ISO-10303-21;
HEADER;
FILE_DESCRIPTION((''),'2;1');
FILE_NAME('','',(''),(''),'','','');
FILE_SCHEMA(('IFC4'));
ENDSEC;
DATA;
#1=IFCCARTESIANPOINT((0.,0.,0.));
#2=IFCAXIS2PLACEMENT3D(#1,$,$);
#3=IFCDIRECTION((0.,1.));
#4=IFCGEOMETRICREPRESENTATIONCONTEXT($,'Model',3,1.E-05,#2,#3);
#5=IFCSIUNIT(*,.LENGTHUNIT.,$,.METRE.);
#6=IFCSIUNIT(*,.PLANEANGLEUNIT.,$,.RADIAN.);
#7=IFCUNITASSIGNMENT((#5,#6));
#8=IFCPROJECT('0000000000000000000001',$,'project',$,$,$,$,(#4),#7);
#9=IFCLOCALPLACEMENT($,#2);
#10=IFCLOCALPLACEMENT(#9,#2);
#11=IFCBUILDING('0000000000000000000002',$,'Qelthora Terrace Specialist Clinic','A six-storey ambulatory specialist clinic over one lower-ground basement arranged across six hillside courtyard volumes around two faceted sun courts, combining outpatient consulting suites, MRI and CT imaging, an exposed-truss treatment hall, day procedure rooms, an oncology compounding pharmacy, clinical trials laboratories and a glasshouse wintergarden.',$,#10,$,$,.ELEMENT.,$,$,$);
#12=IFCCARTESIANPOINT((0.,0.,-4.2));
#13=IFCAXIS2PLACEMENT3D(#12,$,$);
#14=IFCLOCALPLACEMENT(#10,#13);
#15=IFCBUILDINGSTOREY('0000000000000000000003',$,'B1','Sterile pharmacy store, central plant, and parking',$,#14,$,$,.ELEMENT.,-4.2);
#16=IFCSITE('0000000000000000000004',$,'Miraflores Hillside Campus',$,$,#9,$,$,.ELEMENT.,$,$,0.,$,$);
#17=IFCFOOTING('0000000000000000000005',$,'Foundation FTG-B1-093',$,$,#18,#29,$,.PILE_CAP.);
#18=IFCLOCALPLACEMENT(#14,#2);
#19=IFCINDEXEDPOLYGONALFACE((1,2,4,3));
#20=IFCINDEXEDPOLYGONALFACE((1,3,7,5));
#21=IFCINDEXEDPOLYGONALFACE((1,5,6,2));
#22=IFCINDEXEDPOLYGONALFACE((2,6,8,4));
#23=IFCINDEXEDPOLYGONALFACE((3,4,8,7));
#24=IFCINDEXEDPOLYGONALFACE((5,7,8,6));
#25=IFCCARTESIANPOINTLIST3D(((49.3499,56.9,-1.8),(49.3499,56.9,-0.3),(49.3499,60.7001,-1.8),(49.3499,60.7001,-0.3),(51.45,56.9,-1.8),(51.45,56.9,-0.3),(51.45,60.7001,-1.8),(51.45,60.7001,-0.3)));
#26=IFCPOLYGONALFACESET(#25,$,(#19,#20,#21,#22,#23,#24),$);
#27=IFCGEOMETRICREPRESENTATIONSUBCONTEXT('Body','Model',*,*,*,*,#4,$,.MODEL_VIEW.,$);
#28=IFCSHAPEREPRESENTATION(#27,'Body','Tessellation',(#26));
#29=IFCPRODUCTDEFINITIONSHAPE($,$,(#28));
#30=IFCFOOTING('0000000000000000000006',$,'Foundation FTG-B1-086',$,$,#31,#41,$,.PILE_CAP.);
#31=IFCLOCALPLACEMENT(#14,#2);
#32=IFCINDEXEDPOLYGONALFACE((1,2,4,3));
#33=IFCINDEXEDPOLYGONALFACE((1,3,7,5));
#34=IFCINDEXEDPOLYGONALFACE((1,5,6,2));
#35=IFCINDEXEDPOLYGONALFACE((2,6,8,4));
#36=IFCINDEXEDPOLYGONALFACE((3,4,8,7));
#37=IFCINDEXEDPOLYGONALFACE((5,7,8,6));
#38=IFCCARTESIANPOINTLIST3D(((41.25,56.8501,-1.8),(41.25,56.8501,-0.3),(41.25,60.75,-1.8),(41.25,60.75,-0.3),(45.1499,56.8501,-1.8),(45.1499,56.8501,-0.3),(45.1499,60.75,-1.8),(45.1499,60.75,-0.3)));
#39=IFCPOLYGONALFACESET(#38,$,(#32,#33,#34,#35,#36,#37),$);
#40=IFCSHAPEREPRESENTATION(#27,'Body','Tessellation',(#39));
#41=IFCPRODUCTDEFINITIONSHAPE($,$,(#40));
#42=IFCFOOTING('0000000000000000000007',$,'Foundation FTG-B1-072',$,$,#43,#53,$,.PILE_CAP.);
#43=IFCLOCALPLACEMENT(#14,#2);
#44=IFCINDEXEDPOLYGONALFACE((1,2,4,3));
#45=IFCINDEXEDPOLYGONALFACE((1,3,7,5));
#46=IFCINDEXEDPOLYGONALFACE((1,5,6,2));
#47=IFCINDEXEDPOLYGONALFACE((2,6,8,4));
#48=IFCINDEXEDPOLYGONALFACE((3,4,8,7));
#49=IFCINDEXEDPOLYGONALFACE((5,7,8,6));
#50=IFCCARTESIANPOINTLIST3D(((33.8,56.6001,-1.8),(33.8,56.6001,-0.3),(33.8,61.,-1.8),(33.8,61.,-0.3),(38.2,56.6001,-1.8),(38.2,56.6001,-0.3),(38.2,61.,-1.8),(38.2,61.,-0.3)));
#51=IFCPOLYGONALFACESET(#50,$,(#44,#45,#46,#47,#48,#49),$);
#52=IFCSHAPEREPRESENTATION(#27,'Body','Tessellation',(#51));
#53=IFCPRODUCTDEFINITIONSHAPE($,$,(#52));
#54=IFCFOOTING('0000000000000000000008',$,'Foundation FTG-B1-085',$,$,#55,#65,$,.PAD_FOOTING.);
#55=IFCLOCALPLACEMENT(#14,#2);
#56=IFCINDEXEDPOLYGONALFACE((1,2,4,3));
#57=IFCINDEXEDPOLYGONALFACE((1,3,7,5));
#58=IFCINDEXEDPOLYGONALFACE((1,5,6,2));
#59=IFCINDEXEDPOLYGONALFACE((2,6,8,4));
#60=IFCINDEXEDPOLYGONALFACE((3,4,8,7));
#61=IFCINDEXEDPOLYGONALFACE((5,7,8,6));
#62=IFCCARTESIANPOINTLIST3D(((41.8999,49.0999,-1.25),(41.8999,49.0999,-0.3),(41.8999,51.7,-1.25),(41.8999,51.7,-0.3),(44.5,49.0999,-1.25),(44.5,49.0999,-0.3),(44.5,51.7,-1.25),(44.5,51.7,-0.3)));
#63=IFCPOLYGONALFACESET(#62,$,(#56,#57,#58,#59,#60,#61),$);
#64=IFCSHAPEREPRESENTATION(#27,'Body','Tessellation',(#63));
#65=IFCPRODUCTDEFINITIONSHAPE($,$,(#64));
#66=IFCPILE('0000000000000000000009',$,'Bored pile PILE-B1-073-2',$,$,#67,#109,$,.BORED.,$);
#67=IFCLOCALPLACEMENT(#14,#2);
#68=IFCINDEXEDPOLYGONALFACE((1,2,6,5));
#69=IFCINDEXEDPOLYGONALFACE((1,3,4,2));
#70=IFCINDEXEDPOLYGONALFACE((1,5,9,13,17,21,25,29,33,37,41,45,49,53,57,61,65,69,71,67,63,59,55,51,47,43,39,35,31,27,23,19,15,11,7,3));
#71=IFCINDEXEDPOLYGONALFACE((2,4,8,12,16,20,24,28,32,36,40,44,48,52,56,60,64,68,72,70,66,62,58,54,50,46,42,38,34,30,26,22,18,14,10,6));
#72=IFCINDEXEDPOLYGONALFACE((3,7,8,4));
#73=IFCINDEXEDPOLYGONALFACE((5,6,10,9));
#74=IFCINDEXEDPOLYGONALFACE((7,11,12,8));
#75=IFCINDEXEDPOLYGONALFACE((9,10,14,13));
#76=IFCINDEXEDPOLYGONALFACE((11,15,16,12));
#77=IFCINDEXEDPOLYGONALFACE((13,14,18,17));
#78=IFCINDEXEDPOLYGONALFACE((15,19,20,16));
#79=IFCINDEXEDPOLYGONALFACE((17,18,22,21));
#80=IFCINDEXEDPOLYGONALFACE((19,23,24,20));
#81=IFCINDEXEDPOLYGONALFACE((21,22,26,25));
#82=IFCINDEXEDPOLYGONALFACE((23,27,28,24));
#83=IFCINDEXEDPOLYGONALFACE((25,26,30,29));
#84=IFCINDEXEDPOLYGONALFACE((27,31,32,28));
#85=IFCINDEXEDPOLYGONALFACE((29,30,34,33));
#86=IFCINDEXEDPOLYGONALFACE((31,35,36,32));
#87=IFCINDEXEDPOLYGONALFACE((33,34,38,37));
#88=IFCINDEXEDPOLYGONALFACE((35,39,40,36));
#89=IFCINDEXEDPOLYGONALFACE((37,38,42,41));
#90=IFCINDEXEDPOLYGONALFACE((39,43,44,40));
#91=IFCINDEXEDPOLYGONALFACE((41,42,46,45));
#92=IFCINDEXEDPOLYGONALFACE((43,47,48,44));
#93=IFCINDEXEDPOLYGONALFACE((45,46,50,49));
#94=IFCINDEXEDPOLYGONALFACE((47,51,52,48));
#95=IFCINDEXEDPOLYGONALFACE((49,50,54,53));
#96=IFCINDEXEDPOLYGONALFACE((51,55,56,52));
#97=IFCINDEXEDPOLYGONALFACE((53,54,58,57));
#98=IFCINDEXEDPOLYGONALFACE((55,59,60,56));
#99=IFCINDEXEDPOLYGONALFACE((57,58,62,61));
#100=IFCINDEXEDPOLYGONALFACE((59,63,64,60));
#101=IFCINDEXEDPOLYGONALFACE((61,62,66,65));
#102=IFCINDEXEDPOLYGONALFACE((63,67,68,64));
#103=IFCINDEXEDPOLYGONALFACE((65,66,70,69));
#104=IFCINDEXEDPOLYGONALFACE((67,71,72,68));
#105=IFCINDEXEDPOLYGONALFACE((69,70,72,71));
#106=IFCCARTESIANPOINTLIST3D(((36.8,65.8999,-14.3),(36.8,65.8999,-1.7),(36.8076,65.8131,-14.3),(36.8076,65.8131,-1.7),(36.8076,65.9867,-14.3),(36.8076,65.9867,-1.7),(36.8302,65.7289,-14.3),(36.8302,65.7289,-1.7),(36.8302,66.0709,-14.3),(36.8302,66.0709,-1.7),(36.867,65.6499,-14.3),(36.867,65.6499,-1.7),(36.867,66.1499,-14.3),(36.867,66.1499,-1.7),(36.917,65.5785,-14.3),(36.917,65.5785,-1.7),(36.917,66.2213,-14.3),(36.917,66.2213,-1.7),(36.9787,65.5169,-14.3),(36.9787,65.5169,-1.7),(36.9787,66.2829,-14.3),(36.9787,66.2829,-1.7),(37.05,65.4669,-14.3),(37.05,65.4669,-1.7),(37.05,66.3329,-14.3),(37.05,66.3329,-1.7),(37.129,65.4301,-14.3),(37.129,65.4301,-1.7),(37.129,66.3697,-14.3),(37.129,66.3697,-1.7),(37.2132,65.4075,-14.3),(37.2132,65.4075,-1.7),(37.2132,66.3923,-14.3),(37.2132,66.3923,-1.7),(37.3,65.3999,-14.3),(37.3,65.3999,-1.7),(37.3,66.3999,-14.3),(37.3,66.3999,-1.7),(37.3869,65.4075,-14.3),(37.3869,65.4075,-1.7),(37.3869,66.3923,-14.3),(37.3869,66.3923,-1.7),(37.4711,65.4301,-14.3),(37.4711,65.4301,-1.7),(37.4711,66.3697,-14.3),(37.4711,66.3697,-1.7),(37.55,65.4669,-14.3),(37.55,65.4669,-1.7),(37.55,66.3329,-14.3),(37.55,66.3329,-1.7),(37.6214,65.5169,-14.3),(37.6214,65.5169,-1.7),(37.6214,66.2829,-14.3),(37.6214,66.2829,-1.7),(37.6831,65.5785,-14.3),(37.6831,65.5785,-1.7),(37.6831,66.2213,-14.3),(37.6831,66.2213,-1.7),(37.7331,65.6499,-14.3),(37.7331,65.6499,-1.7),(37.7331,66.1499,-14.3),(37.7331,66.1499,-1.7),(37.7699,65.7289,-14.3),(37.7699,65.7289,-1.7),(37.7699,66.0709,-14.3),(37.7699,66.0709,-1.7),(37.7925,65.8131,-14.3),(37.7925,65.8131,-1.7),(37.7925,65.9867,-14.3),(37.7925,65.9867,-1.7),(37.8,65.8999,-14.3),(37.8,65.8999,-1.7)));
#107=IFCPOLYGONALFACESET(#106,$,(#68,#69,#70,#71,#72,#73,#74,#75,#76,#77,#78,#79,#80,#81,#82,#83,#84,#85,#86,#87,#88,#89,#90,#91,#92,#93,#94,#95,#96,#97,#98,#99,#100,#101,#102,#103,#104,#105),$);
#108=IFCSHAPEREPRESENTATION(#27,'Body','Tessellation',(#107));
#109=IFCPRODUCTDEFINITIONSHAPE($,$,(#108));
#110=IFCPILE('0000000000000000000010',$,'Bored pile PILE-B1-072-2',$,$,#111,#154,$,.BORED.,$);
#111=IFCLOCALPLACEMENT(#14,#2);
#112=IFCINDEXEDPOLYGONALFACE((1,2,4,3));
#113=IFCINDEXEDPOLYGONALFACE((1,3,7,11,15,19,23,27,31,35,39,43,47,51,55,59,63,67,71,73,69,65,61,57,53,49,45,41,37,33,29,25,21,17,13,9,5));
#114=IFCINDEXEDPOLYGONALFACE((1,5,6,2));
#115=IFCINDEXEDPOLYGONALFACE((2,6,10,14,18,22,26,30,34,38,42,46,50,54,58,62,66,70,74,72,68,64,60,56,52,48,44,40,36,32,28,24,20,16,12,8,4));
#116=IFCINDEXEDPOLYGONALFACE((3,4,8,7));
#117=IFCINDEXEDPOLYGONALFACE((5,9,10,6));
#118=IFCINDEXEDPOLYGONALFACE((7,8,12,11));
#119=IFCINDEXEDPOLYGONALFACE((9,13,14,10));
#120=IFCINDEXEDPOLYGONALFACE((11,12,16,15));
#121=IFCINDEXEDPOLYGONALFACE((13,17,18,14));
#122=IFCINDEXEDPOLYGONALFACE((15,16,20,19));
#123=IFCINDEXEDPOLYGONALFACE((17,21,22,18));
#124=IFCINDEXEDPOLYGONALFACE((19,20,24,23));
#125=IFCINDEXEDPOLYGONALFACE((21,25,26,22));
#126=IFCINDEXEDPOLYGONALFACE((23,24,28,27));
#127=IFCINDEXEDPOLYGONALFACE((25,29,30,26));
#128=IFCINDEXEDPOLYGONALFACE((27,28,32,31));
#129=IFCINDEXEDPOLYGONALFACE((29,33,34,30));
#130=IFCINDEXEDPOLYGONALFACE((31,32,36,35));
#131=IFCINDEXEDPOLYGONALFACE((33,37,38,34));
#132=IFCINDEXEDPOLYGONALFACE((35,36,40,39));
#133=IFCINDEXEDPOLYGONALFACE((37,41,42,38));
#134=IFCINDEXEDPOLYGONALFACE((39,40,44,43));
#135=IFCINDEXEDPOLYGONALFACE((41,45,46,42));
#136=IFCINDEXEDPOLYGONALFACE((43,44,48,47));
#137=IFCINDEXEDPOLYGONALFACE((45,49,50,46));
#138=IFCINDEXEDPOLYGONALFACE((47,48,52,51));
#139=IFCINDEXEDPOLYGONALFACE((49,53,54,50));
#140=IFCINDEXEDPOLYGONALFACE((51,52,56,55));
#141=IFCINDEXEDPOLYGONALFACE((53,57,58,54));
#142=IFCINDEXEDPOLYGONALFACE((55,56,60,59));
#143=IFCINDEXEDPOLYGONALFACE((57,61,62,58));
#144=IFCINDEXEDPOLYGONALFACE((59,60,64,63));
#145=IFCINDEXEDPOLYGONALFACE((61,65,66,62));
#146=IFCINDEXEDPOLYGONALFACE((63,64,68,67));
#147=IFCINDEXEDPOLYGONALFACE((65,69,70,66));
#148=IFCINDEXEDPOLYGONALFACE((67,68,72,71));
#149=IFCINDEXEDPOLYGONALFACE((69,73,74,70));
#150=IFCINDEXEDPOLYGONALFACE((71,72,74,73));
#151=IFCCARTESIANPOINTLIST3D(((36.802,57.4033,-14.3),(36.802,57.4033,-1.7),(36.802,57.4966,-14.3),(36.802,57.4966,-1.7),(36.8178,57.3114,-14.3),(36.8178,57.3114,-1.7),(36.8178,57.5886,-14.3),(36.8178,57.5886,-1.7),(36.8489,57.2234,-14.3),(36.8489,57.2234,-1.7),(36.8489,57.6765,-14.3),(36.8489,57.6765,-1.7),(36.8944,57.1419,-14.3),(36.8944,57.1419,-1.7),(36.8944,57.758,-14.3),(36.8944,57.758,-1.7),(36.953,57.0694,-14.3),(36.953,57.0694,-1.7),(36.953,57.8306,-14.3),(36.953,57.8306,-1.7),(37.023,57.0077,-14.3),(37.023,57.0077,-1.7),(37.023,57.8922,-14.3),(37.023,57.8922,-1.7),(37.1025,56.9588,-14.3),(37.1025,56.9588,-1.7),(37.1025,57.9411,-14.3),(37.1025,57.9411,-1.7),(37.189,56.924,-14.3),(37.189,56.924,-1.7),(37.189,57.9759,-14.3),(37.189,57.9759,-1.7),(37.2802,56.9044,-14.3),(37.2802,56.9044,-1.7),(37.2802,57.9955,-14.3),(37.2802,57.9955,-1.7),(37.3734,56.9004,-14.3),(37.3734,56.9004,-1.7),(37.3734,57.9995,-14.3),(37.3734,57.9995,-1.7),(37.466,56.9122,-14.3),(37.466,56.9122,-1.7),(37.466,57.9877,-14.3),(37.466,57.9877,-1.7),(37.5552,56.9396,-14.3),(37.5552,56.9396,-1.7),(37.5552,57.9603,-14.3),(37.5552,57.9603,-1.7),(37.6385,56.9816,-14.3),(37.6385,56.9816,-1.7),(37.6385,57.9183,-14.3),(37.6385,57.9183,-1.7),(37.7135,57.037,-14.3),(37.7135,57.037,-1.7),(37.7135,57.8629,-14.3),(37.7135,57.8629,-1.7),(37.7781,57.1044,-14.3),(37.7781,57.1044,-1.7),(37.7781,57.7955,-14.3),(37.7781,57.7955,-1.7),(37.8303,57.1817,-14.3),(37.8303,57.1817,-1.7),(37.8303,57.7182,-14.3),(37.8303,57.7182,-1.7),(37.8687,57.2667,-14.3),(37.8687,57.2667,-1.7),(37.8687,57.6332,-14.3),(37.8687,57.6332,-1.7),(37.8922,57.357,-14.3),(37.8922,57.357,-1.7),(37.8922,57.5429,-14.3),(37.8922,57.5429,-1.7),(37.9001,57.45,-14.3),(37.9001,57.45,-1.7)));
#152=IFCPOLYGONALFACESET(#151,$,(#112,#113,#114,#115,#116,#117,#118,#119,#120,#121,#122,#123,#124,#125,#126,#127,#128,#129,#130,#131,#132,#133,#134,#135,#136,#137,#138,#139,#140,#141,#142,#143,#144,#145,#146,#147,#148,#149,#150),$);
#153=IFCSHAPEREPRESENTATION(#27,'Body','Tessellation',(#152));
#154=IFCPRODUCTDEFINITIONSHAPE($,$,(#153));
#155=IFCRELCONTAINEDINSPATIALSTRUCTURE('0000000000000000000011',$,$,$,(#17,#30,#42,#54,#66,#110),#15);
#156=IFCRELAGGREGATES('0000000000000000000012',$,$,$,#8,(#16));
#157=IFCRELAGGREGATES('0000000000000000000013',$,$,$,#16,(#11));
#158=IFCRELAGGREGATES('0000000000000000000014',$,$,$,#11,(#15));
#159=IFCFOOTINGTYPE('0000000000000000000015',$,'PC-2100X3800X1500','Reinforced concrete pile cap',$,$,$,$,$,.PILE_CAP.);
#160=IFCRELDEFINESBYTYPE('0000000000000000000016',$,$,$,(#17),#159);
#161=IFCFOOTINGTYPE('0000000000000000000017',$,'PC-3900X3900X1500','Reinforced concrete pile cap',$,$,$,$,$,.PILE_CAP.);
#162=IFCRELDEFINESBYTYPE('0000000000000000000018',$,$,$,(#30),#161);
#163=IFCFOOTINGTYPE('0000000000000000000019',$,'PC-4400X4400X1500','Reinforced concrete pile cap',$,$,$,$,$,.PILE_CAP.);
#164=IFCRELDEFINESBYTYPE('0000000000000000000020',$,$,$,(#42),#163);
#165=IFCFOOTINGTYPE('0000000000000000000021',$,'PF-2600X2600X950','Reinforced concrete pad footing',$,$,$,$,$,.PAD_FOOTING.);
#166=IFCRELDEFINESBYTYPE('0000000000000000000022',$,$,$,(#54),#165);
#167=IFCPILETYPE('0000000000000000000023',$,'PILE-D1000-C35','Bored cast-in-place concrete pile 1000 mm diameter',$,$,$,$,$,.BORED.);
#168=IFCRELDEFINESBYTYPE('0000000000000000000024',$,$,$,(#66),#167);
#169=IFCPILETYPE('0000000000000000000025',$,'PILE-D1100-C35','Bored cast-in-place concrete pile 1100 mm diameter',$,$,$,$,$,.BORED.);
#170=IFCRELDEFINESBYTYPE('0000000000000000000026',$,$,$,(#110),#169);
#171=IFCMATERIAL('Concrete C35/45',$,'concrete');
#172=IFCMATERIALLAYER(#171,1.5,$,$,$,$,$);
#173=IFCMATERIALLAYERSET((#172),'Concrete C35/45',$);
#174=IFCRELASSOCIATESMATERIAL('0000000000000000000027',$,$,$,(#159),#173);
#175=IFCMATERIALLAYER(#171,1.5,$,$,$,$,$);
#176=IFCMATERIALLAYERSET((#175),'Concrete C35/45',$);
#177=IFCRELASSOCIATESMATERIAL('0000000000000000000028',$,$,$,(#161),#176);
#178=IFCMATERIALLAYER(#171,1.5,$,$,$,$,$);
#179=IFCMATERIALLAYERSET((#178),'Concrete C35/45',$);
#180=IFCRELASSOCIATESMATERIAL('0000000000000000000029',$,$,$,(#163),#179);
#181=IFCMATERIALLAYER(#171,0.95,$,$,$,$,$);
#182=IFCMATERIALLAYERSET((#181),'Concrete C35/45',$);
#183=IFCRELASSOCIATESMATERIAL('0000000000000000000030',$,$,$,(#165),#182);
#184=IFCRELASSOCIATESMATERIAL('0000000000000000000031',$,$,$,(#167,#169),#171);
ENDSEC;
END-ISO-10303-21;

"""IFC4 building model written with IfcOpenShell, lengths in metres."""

from ifc_helpers import new_model, si_unit, direction, frame, origin, origin_2d, place, context, subcontext, project, spatial, rectangle, circle, extrude, material, layer, layer_set, material_profile, profile_set, type_object, element, save


model = new_model("IFC4")

# Units and contexts
model_context = context("Model", 3, precision=1e-05, world=origin(), true_north=direction((0.0, 1.0)))
body_context = subcontext(model_context, "Body", "Model", "MODEL_VIEW")
ifc_project = project(units=[si_unit("LENGTHUNIT", "METRE"), si_unit("PLANEANGLEUNIT", "RADIAN")], contexts=[model_context])

# Site, building, storey
site_placement = place(None, origin())
site = spatial("IfcSite", under=ifc_project, at=site_placement, Name="Miraflores Hillside Campus", CompositionType="ELEMENT", RefElevation=0.0)
building_placement = place(site_placement, origin())
building = spatial("IfcBuilding", under=site, at=building_placement, Name="Qelthora Terrace Specialist Clinic", Description="A six-storey ambulatory specialist clinic over one lower-ground basement arranged across six hillside courtyard volumes around two faceted sun courts, combining outpatient consulting suites, MRI and CT imaging, an exposed-truss treatment hall, day procedure rooms, an oncology compounding pharmacy, clinical trials laboratories and a glasshouse wintergarden.", CompositionType="ELEMENT")
storey_placement = place(building_placement, frame((0.0, 0.0, -4.2)))
storey = spatial("IfcBuildingStorey", under=building, at=storey_placement, Name="B1", Description="Sterile pharmacy store, central plant, and parking", CompositionType="ELEMENT", Elevation=-4.2)

# Footings
ifc_material_1 = material(Name="Concrete C35/45", Category="concrete")
ifc_layer_1 = layer(ifc_material_1, 1.5)
ifc_layer_set_1 = layer_set([ifc_layer_1], Name="Concrete C35/45")
footing_type_1 = type_object("IfcFootingType", Name="PC-2100X3800X1500", Description="Reinforced concrete pile cap", PredefinedType="PILE_CAP", material=ifc_layer_set_1)
footing_1_placement = place(storey_placement, frame((50.3999, 58.8, -1.8), z_axis=(0.0, 0.0, 1.0), x_axis=(1.0, 0.0, 0.0)))
element("IfcFooting", 1, at=footing_1_placement, inside=storey, type_object=footing_type_1, Name="Foundation FTG-B1-093", PredefinedType="PILE_CAP", context=body_context, shape_type="SweptSolid", body=[
    extrude(rectangle(XDim=2.1001, YDim=3.8, at=origin_2d()), origin(), (0.0, 0.0, 1.0), 1.5),
])
ifc_layer_2 = layer(ifc_material_1, 1.5)
ifc_layer_set_2 = layer_set([ifc_layer_2], Name="Concrete C35/45")
footing_type_2 = type_object("IfcFootingType", Name="PC-3900X3900X1500", Description="Reinforced concrete pile cap", PredefinedType="PILE_CAP", material=ifc_layer_set_2)
footing_2_placement = place(storey_placement, frame((43.2, 58.8, -1.8), z_axis=(0.0, 0.0, 1.0), x_axis=(1.0, 0.0, 0.0)))
element("IfcFooting", 2, at=footing_2_placement, inside=storey, type_object=footing_type_2, Name="Foundation FTG-B1-086", PredefinedType="PILE_CAP", context=body_context, shape_type="SweptSolid", body=[
    extrude(rectangle(XDim=3.8999, YDim=3.8999, at=origin_2d()), origin(), (0.0, 0.0, 1.0), 1.5),
])
ifc_layer_3 = layer(ifc_material_1, 1.5)
ifc_layer_set_3 = layer_set([ifc_layer_3], Name="Concrete C35/45")
footing_type_3 = type_object("IfcFootingType", Name="PC-4400X4400X1500", Description="Reinforced concrete pile cap", PredefinedType="PILE_CAP", material=ifc_layer_set_3)
footing_3_placement = place(storey_placement, frame((36.0, 58.8, -1.8), z_axis=(0.0, 0.0, 1.0), x_axis=(1.0, 0.0, 0.0)))
element("IfcFooting", 3, at=footing_3_placement, inside=storey, type_object=footing_type_3, Name="Foundation FTG-B1-072", PredefinedType="PILE_CAP", context=body_context, shape_type="SweptSolid", body=[
    extrude(rectangle(XDim=4.3999, YDim=4.3999, at=origin_2d()), origin(), (0.0, 0.0, 1.0), 1.5),
])
ifc_layer_4 = layer(ifc_material_1, 0.95)
ifc_layer_set_4 = layer_set([ifc_layer_4], Name="Concrete C35/45")
footing_type_4 = type_object("IfcFootingType", Name="PF-2600X2600X950", Description="Reinforced concrete pad footing", PredefinedType="PAD_FOOTING", material=ifc_layer_set_4)
footing_4_placement = place(storey_placement, frame((43.2, 50.3999, -1.25), z_axis=(0.0, 0.0, 1.0), x_axis=(1.0, 0.0, 0.0)))
element("IfcFooting", 4, at=footing_4_placement, inside=storey, type_object=footing_type_4, Name="Foundation FTG-B1-085", PredefinedType="PAD_FOOTING", context=body_context, shape_type="SweptSolid", body=[
    extrude(rectangle(XDim=2.6001, YDim=2.6001, at=origin_2d()), origin(), (0.0, 0.0, 1.0), 0.95),
])

# Piles
ifc_material_profile_1 = material_profile(ifc_material_1, circle(Radius=0.5, at=origin_2d()), Name="PILE1000")
ifc_profile_set_1 = profile_set([ifc_material_profile_1], Name="Concrete C35/45")
pile_type_1 = type_object("IfcPileType", Name="PILE-D1000-C35", Description="Bored cast-in-place concrete pile 1000 mm diameter", PredefinedType="BORED", material=ifc_profile_set_1)
pile_placement = place(storey_placement, frame((37.3, 65.8999, -1.7), z_axis=(0.0, 0.0, -1.0), x_axis=(1.0, 0.0, 0.0)))
element("IfcPile", 5, at=pile_placement, inside=storey, type_object=pile_type_1, Name="Bored pile PILE-B1-073-2", PredefinedType="BORED", context=body_context, shape_type="SweptSolid", body=[
    extrude(circle(Radius=0.5, at=origin_2d()), origin(), (0.0, 0.0, 1.0), 12.6001),
])
ifc_material_profile_2 = material_profile(ifc_material_1, circle(Radius=0.55, at=origin_2d()), Name="PILE1100")
ifc_profile_set_2 = profile_set([ifc_material_profile_2], Name="Concrete C35/45")
pile_type_2 = type_object("IfcPileType", Name="PILE-D1100-C35", Description="Bored cast-in-place concrete pile 1100 mm diameter", PredefinedType="BORED", material=ifc_profile_set_2)
for number, where, z_axis, x_axis, name in (
    (6, (37.3501, 57.45, -1.7), (0.0, 0.0, -1.0), (1.0, 0.0, 0.0), "Bored pile PILE-B1-072-2"),
):
    element("IfcPile", number, at=place(storey_placement, frame(where, z_axis=z_axis, x_axis=x_axis)), inside=storey, type_object=pile_type_2, Name=name, PredefinedType="BORED", context=body_context, shape_type="SweptSolid", body=[
        extrude(circle(Radius=0.55, at=origin_2d()), origin(), (0.0, 0.0, 1.0), 12.6001),
    ])

save(model, "model.ifc")
